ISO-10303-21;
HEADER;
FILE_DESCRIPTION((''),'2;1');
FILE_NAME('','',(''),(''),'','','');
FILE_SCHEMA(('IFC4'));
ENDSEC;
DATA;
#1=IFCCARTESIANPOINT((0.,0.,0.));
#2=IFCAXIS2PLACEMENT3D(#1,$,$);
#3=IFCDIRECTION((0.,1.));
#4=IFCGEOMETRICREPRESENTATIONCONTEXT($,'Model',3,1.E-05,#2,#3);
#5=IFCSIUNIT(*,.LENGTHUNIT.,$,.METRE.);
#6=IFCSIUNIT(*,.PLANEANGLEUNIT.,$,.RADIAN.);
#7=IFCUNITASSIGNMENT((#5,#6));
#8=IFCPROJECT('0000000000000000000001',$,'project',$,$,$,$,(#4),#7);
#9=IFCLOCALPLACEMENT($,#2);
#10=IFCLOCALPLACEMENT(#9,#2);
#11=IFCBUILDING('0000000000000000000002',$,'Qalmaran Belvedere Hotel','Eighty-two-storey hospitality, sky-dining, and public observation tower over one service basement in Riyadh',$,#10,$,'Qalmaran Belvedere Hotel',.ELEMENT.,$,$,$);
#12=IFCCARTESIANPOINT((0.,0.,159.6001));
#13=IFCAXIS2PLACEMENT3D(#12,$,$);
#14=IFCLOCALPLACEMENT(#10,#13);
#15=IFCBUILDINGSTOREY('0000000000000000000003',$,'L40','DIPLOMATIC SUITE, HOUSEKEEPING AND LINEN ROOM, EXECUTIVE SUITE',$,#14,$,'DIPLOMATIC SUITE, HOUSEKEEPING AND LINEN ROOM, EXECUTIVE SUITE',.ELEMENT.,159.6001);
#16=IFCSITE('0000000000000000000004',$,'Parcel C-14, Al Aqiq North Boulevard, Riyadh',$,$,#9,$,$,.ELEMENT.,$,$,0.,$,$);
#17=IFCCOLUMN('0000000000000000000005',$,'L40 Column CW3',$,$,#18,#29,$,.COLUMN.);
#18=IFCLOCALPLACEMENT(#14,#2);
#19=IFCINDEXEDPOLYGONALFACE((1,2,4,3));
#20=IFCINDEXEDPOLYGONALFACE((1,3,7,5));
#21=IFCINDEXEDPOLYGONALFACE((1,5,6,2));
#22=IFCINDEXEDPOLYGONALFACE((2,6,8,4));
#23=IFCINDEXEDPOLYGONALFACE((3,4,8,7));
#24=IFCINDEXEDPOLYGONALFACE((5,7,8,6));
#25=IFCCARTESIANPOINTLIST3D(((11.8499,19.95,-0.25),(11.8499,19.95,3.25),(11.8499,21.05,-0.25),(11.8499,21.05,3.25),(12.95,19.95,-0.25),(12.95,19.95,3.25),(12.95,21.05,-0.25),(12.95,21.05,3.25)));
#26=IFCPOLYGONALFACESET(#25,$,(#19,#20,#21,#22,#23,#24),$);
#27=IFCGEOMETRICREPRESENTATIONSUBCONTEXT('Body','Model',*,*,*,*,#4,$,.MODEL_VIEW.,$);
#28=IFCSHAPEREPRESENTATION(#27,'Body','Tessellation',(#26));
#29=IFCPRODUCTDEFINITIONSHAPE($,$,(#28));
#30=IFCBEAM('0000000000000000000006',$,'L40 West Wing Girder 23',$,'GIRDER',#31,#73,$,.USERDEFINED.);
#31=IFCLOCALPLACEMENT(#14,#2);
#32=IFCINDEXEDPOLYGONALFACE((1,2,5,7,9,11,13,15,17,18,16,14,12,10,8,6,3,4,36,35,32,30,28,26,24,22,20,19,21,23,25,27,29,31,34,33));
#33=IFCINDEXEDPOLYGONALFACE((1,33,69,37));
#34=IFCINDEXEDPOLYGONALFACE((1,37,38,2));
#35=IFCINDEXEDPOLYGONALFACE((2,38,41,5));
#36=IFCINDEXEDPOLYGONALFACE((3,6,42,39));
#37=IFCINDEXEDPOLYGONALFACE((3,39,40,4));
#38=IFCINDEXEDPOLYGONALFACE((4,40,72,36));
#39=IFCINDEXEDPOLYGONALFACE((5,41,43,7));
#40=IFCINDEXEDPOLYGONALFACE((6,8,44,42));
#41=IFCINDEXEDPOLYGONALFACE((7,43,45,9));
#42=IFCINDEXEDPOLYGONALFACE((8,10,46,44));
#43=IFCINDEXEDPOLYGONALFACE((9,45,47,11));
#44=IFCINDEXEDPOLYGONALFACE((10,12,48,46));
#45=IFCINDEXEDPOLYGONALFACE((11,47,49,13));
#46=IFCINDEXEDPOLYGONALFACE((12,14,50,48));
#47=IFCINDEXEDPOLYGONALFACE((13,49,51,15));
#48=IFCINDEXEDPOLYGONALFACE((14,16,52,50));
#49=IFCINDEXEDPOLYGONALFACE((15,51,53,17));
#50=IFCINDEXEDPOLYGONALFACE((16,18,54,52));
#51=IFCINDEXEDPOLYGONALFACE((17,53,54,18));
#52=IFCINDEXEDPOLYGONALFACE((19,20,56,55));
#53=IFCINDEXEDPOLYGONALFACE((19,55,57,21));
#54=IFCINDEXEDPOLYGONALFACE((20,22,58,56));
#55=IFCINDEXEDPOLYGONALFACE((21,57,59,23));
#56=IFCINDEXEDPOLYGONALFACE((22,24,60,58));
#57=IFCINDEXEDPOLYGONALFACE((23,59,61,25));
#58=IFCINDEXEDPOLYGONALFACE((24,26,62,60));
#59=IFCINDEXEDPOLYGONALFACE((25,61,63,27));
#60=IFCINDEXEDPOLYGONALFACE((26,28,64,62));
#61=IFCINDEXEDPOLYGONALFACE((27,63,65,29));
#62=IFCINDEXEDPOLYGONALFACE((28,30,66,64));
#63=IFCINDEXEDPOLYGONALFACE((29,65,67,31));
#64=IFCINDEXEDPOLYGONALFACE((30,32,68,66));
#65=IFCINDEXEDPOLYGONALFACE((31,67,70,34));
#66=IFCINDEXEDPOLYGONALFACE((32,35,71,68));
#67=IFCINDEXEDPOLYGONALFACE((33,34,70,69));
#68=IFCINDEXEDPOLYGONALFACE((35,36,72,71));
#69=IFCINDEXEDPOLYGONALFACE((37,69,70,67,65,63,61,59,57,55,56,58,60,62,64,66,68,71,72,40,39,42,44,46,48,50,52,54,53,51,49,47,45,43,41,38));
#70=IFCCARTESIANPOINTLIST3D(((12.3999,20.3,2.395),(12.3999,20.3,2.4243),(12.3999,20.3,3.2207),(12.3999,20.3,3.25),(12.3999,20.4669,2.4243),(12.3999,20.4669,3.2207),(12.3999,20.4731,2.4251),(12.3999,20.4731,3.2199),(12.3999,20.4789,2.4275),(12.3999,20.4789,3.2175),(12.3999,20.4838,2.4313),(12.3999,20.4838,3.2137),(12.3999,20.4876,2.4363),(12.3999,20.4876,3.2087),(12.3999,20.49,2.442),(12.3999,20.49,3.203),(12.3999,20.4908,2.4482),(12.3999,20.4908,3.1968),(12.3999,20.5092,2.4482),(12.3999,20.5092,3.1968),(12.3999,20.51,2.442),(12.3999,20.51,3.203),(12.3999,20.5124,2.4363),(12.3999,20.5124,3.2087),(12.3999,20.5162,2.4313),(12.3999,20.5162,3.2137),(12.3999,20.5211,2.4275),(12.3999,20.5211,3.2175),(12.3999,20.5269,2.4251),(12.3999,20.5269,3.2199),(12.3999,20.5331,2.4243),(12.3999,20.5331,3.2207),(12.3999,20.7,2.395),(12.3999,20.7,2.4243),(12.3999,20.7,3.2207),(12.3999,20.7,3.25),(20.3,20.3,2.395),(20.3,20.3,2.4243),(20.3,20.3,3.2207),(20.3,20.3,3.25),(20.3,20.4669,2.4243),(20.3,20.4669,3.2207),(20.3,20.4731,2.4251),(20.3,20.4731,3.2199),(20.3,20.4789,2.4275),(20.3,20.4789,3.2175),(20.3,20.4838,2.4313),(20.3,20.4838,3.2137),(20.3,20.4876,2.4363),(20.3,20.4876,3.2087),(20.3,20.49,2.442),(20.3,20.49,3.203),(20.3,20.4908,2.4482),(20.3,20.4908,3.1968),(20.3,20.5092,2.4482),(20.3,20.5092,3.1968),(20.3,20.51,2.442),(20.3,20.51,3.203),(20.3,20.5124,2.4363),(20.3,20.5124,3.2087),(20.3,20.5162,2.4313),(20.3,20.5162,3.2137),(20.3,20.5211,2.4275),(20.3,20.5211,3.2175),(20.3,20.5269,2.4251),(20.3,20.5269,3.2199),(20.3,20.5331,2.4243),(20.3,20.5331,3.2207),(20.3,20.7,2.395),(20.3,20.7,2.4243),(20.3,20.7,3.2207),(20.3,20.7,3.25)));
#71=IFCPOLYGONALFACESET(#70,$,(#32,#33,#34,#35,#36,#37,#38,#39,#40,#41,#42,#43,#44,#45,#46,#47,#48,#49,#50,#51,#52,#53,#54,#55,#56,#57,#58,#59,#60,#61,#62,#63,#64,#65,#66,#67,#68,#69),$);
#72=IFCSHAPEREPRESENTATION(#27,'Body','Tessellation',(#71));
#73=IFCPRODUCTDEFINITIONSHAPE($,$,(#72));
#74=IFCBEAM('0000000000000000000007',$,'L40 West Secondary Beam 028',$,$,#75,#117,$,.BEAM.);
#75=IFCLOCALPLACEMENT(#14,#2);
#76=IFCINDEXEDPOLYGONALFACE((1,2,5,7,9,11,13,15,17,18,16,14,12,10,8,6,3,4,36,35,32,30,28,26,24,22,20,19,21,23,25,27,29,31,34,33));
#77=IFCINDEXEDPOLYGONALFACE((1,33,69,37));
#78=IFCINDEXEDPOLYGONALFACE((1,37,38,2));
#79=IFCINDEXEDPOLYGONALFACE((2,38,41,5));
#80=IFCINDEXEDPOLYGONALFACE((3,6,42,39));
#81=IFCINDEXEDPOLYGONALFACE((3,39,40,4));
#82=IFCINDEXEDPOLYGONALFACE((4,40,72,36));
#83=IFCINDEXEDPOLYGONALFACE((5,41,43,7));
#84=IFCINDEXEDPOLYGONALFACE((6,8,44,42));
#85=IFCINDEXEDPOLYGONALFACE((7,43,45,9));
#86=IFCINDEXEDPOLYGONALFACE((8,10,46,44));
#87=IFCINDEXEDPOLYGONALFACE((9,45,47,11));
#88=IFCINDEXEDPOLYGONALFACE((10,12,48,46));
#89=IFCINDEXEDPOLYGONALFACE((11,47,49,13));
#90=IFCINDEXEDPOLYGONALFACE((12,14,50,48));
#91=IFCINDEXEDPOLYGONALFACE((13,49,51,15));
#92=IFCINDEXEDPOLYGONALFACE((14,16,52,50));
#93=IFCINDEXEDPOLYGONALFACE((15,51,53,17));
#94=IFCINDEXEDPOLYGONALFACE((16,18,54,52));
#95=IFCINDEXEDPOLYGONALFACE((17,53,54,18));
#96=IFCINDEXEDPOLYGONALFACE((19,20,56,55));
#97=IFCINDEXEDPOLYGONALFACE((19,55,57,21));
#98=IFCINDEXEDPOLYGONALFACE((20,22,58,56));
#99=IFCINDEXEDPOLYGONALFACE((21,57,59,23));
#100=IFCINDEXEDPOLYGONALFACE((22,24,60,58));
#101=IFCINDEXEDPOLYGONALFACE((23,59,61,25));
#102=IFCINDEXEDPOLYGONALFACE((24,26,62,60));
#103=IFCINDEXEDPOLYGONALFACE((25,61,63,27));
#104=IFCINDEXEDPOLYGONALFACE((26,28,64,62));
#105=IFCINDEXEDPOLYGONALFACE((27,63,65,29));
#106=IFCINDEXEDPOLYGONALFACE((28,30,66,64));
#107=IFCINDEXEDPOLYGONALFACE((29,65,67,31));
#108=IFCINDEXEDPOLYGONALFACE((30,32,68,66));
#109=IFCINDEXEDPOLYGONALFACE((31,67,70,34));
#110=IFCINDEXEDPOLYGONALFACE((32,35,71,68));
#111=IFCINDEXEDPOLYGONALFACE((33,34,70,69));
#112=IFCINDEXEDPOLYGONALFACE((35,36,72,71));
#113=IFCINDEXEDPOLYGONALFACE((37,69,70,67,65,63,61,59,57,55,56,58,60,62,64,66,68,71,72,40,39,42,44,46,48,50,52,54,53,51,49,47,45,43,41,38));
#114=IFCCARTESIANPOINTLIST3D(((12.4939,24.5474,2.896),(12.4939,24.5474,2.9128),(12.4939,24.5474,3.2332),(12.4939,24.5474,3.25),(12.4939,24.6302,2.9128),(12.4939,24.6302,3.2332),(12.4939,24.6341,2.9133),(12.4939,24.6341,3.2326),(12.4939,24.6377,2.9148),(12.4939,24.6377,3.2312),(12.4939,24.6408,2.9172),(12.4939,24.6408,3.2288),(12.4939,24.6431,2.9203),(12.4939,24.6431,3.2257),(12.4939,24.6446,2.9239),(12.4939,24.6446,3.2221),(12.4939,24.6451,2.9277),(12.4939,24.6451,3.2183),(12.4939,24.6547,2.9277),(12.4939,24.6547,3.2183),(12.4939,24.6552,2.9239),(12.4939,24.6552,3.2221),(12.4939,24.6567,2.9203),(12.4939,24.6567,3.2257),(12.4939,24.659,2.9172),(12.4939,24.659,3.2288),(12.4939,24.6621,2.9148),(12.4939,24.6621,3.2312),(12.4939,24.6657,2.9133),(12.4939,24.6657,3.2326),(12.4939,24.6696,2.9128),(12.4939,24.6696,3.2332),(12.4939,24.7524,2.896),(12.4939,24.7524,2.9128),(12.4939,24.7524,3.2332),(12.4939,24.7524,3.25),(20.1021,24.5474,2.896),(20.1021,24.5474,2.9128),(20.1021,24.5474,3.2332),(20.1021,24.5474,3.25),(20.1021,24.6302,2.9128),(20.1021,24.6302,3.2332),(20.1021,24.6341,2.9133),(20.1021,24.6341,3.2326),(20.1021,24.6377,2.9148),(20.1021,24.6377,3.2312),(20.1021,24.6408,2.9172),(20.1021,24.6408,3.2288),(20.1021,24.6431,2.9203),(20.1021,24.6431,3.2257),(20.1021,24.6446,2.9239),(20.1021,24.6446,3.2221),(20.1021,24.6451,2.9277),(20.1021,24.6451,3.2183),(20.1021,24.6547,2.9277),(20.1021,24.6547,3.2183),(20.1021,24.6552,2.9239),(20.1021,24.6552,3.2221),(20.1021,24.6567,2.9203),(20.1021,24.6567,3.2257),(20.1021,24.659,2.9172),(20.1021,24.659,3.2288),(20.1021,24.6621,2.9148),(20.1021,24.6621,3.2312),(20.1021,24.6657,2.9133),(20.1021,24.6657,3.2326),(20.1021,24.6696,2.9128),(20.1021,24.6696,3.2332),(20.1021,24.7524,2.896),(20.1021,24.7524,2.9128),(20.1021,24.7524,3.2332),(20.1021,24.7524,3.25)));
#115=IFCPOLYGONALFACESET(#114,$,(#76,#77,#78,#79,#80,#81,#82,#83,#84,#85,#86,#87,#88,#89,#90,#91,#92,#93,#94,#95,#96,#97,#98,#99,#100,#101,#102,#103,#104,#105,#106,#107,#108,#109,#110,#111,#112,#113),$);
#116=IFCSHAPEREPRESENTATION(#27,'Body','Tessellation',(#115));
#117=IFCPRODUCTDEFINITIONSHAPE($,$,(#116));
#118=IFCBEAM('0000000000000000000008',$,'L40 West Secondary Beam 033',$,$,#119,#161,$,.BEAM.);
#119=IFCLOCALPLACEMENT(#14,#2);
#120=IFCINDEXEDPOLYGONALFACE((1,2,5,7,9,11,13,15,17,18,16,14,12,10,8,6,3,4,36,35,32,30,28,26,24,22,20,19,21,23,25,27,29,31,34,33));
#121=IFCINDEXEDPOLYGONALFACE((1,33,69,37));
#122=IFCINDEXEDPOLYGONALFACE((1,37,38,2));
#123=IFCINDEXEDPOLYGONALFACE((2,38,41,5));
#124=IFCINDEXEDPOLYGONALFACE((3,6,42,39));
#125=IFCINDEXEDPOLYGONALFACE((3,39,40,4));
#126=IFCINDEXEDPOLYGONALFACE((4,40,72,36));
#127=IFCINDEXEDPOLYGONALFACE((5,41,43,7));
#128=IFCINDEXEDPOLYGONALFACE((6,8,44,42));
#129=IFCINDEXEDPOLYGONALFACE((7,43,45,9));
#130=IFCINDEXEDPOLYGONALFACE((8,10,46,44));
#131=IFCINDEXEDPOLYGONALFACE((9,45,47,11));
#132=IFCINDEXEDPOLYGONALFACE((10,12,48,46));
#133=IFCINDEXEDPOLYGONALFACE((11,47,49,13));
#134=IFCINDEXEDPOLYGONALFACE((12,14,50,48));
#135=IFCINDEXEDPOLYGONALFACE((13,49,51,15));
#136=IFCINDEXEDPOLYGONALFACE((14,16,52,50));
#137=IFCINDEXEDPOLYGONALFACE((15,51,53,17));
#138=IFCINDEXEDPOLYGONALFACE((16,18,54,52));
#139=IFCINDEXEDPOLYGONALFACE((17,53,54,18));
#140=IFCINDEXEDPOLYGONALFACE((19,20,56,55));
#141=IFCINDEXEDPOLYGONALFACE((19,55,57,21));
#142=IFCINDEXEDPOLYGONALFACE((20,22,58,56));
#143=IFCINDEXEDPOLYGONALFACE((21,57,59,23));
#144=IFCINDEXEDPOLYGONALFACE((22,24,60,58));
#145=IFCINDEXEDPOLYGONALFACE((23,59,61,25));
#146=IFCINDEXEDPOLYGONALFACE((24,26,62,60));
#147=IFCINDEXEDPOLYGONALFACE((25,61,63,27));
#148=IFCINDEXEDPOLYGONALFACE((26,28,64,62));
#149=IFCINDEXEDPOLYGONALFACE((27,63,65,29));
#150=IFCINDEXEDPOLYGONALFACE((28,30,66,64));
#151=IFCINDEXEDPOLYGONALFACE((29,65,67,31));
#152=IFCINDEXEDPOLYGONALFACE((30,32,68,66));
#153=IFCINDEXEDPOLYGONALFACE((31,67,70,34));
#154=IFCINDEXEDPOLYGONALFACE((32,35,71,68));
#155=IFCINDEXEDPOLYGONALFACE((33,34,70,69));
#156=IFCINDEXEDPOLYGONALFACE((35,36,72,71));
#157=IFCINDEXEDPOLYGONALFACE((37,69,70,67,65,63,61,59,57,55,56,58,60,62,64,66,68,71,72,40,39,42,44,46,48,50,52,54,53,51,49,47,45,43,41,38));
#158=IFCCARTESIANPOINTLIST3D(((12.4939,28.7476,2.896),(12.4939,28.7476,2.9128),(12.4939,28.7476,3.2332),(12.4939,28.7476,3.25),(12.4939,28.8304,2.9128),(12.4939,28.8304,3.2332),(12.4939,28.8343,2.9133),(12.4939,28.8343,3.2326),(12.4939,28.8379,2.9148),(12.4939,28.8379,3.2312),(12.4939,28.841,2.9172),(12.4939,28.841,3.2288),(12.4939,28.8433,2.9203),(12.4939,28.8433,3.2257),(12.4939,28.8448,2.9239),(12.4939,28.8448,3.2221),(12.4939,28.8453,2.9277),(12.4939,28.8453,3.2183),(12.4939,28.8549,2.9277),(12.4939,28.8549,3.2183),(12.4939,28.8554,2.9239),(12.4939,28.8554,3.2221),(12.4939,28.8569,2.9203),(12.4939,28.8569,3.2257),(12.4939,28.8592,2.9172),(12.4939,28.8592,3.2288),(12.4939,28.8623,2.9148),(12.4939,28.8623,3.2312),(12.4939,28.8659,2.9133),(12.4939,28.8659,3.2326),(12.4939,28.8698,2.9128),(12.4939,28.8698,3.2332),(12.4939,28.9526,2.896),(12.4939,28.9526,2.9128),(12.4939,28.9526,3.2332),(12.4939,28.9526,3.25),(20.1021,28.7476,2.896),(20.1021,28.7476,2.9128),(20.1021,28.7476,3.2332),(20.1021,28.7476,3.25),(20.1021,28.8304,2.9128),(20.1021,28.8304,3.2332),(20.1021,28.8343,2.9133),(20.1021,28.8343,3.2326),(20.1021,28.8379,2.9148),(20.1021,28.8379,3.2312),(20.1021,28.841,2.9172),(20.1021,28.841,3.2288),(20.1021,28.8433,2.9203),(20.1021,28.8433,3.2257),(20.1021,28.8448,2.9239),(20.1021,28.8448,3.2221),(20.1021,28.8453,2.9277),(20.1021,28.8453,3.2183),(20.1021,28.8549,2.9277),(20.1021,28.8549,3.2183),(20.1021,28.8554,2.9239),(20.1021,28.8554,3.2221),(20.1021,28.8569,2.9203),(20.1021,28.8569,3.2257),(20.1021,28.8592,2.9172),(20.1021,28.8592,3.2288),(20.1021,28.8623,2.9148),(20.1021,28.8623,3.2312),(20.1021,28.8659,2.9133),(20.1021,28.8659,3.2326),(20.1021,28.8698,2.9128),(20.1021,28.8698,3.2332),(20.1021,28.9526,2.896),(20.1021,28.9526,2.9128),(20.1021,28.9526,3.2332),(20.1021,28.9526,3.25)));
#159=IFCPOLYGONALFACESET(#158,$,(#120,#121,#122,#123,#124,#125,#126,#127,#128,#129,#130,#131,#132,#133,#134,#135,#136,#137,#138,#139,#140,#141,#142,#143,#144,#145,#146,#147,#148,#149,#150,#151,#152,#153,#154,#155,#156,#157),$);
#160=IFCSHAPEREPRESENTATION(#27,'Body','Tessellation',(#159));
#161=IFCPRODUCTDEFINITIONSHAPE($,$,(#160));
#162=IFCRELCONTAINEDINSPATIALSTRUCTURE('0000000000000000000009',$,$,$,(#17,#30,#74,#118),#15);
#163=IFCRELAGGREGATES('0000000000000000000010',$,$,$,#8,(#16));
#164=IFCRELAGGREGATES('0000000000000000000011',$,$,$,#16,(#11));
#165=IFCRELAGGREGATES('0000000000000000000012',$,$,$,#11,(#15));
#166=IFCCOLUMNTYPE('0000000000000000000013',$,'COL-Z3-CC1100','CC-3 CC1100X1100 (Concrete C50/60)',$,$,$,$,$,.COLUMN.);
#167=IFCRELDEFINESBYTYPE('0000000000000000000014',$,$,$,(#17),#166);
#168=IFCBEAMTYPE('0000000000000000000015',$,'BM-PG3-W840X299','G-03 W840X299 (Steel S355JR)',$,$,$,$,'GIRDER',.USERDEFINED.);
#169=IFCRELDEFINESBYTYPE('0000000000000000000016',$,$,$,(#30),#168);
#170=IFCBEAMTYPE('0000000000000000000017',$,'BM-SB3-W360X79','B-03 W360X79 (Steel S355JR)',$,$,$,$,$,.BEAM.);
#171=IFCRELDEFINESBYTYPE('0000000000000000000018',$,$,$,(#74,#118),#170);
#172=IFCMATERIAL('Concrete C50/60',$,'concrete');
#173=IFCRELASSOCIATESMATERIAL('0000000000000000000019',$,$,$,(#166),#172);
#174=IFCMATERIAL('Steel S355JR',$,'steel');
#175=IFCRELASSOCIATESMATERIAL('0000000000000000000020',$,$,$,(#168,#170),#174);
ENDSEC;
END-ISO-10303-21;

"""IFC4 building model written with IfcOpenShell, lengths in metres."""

from ifc_helpers import new_model, si_unit, direction, frame, origin, origin_2d, place, context, subcontext, project, spatial, rectangle, i_section, extrude, material, material_profile, profile_set, type_object, element, save


model = new_model("IFC4")

# Units and contexts
model_context = context("Model", 3, precision=1e-05, world=origin(), true_north=direction((0.0, 1.0)))
body_context = subcontext(model_context, "Body", "Model", "MODEL_VIEW")
ifc_project = project(units=[si_unit("LENGTHUNIT", "METRE"), si_unit("PLANEANGLEUNIT", "RADIAN")], contexts=[model_context])

# Site, building, storey
site_placement = place(None, origin())
site = spatial("IfcSite", under=ifc_project, at=site_placement, Name="Parcel C-14, Al Aqiq North Boulevard, Riyadh", CompositionType="ELEMENT", RefElevation=0.0)
building_placement = place(site_placement, origin())
building = spatial("IfcBuilding", under=site, at=building_placement, Name="Qalmaran Belvedere Hotel", Description="Eighty-two-storey hospitality, sky-dining, and public observation tower over one service basement in Riyadh", LongName="Qalmaran Belvedere Hotel", CompositionType="ELEMENT")
storey_placement = place(building_placement, frame((0.0, 0.0, 159.6001)))
storey = spatial("IfcBuildingStorey", under=building, at=storey_placement, Name="L40", Description="DIPLOMATIC SUITE, HOUSEKEEPING AND LINEN ROOM, EXECUTIVE SUITE", LongName="DIPLOMATIC SUITE, HOUSEKEEPING AND LINEN ROOM, EXECUTIVE SUITE", CompositionType="ELEMENT", Elevation=159.6001)

# Column
ifc_material_1 = material(Name="Concrete C50/60", Category="concrete")
ifc_material_profile_1 = material_profile(ifc_material_1, rectangle(XDim=1.1001, YDim=1.1001, at=origin_2d()), Name="CC1100X1100")
ifc_profile_set_1 = profile_set([ifc_material_profile_1], Name="Concrete C50/60")
column_type = type_object("IfcColumnType", Name="COL-Z3-CC1100", Description="CC-3 CC1100X1100 (Concrete C50/60)", PredefinedType="COLUMN", material=ifc_profile_set_1)
column_placement = place(storey_placement, frame((12.3999, 20.5, -0.25), z_axis=(0.0, 0.0, 1.0), x_axis=(1.0, 0.0, 0.0)))
element("IfcColumn", 1, at=column_placement, inside=storey, type_object=column_type, Name="L40 Column CW3", PredefinedType="COLUMN", context=body_context, shape_type="SweptSolid", body=[
    extrude(rectangle(XDim=1.1001, YDim=1.1001, at=origin_2d()), origin(), (0.0, 0.0, 1.0), 3.5),
])

# Beams
ifc_material_2 = material(Name="Steel S355JR", Category="steel")
ifc_material_profile_2 = material_profile(ifc_material_2, i_section(OverallWidth=0.3999, OverallDepth=0.855, WebThickness=0.0183, FlangeThickness=0.0293, FilletRadius=0.0239, at=origin_2d()), Name="W840X299")
ifc_profile_set_2 = profile_set([ifc_material_profile_2], Name="Steel S355JR")
beam_type_1 = type_object("IfcBeamType", Name="BM-PG3-W840X299", Description="G-03 W840X299 (Steel S355JR)", ElementType="GIRDER", PredefinedType="USERDEFINED", material=ifc_profile_set_2)
beam_1_placement = place(storey_placement, frame((12.3999, 20.5, 2.8225), z_axis=(1.0, 0.0, 0.0), x_axis=(0.0, 1.0, 0.0)))
element("IfcBeam", 2, at=beam_1_placement, inside=storey, type_object=beam_type_1, Name="L40 West Wing Girder 23", ObjectType="GIRDER", PredefinedType="USERDEFINED", context=body_context, shape_type="SweptSolid", body=[
    extrude(i_section(OverallWidth=0.3999, OverallDepth=0.855, WebThickness=0.0183, FlangeThickness=0.0293, FilletRadius=0.0239, at=origin_2d()), origin(), (0.0, 0.0, 1.0), 7.9001),
])
ifc_material_profile_3 = material_profile(ifc_material_2, i_section(OverallWidth=0.2051, OverallDepth=0.354, WebThickness=0.0095, FlangeThickness=0.0168, FilletRadius=0.0149, at=origin_2d()), Name="W360X79")
ifc_profile_set_3 = profile_set([ifc_material_profile_3], Name="Steel S355JR")
beam_type_2 = type_object("IfcBeamType", Name="BM-SB3-W360X79", Description="B-03 W360X79 (Steel S355JR)", PredefinedType="BEAM", material=ifc_profile_set_3)
for number, where, z_axis, x_axis, name in (
    (3, (12.4939, 24.6499, 3.073), (1.0, 0.0, 0.0), (0.0, 1.0, 0.0), "L40 West Secondary Beam 028"),
    (4, (12.4939, 28.8501, 3.073), (1.0, 0.0, 0.0), (0.0, 1.0, 0.0), "L40 West Secondary Beam 033"),
):
    element("IfcBeam", number, at=place(storey_placement, frame(where, z_axis=z_axis, x_axis=x_axis)), inside=storey, type_object=beam_type_2, Name=name, PredefinedType="BEAM", context=body_context, shape_type="SweptSolid", body=[
        extrude(i_section(OverallWidth=0.2051, OverallDepth=0.354, WebThickness=0.0095, FlangeThickness=0.0168, FilletRadius=0.0149, at=origin_2d()), origin(), (0.0, 0.0, 1.0), 7.6082),
    ])

save(model, "model.ifc")
